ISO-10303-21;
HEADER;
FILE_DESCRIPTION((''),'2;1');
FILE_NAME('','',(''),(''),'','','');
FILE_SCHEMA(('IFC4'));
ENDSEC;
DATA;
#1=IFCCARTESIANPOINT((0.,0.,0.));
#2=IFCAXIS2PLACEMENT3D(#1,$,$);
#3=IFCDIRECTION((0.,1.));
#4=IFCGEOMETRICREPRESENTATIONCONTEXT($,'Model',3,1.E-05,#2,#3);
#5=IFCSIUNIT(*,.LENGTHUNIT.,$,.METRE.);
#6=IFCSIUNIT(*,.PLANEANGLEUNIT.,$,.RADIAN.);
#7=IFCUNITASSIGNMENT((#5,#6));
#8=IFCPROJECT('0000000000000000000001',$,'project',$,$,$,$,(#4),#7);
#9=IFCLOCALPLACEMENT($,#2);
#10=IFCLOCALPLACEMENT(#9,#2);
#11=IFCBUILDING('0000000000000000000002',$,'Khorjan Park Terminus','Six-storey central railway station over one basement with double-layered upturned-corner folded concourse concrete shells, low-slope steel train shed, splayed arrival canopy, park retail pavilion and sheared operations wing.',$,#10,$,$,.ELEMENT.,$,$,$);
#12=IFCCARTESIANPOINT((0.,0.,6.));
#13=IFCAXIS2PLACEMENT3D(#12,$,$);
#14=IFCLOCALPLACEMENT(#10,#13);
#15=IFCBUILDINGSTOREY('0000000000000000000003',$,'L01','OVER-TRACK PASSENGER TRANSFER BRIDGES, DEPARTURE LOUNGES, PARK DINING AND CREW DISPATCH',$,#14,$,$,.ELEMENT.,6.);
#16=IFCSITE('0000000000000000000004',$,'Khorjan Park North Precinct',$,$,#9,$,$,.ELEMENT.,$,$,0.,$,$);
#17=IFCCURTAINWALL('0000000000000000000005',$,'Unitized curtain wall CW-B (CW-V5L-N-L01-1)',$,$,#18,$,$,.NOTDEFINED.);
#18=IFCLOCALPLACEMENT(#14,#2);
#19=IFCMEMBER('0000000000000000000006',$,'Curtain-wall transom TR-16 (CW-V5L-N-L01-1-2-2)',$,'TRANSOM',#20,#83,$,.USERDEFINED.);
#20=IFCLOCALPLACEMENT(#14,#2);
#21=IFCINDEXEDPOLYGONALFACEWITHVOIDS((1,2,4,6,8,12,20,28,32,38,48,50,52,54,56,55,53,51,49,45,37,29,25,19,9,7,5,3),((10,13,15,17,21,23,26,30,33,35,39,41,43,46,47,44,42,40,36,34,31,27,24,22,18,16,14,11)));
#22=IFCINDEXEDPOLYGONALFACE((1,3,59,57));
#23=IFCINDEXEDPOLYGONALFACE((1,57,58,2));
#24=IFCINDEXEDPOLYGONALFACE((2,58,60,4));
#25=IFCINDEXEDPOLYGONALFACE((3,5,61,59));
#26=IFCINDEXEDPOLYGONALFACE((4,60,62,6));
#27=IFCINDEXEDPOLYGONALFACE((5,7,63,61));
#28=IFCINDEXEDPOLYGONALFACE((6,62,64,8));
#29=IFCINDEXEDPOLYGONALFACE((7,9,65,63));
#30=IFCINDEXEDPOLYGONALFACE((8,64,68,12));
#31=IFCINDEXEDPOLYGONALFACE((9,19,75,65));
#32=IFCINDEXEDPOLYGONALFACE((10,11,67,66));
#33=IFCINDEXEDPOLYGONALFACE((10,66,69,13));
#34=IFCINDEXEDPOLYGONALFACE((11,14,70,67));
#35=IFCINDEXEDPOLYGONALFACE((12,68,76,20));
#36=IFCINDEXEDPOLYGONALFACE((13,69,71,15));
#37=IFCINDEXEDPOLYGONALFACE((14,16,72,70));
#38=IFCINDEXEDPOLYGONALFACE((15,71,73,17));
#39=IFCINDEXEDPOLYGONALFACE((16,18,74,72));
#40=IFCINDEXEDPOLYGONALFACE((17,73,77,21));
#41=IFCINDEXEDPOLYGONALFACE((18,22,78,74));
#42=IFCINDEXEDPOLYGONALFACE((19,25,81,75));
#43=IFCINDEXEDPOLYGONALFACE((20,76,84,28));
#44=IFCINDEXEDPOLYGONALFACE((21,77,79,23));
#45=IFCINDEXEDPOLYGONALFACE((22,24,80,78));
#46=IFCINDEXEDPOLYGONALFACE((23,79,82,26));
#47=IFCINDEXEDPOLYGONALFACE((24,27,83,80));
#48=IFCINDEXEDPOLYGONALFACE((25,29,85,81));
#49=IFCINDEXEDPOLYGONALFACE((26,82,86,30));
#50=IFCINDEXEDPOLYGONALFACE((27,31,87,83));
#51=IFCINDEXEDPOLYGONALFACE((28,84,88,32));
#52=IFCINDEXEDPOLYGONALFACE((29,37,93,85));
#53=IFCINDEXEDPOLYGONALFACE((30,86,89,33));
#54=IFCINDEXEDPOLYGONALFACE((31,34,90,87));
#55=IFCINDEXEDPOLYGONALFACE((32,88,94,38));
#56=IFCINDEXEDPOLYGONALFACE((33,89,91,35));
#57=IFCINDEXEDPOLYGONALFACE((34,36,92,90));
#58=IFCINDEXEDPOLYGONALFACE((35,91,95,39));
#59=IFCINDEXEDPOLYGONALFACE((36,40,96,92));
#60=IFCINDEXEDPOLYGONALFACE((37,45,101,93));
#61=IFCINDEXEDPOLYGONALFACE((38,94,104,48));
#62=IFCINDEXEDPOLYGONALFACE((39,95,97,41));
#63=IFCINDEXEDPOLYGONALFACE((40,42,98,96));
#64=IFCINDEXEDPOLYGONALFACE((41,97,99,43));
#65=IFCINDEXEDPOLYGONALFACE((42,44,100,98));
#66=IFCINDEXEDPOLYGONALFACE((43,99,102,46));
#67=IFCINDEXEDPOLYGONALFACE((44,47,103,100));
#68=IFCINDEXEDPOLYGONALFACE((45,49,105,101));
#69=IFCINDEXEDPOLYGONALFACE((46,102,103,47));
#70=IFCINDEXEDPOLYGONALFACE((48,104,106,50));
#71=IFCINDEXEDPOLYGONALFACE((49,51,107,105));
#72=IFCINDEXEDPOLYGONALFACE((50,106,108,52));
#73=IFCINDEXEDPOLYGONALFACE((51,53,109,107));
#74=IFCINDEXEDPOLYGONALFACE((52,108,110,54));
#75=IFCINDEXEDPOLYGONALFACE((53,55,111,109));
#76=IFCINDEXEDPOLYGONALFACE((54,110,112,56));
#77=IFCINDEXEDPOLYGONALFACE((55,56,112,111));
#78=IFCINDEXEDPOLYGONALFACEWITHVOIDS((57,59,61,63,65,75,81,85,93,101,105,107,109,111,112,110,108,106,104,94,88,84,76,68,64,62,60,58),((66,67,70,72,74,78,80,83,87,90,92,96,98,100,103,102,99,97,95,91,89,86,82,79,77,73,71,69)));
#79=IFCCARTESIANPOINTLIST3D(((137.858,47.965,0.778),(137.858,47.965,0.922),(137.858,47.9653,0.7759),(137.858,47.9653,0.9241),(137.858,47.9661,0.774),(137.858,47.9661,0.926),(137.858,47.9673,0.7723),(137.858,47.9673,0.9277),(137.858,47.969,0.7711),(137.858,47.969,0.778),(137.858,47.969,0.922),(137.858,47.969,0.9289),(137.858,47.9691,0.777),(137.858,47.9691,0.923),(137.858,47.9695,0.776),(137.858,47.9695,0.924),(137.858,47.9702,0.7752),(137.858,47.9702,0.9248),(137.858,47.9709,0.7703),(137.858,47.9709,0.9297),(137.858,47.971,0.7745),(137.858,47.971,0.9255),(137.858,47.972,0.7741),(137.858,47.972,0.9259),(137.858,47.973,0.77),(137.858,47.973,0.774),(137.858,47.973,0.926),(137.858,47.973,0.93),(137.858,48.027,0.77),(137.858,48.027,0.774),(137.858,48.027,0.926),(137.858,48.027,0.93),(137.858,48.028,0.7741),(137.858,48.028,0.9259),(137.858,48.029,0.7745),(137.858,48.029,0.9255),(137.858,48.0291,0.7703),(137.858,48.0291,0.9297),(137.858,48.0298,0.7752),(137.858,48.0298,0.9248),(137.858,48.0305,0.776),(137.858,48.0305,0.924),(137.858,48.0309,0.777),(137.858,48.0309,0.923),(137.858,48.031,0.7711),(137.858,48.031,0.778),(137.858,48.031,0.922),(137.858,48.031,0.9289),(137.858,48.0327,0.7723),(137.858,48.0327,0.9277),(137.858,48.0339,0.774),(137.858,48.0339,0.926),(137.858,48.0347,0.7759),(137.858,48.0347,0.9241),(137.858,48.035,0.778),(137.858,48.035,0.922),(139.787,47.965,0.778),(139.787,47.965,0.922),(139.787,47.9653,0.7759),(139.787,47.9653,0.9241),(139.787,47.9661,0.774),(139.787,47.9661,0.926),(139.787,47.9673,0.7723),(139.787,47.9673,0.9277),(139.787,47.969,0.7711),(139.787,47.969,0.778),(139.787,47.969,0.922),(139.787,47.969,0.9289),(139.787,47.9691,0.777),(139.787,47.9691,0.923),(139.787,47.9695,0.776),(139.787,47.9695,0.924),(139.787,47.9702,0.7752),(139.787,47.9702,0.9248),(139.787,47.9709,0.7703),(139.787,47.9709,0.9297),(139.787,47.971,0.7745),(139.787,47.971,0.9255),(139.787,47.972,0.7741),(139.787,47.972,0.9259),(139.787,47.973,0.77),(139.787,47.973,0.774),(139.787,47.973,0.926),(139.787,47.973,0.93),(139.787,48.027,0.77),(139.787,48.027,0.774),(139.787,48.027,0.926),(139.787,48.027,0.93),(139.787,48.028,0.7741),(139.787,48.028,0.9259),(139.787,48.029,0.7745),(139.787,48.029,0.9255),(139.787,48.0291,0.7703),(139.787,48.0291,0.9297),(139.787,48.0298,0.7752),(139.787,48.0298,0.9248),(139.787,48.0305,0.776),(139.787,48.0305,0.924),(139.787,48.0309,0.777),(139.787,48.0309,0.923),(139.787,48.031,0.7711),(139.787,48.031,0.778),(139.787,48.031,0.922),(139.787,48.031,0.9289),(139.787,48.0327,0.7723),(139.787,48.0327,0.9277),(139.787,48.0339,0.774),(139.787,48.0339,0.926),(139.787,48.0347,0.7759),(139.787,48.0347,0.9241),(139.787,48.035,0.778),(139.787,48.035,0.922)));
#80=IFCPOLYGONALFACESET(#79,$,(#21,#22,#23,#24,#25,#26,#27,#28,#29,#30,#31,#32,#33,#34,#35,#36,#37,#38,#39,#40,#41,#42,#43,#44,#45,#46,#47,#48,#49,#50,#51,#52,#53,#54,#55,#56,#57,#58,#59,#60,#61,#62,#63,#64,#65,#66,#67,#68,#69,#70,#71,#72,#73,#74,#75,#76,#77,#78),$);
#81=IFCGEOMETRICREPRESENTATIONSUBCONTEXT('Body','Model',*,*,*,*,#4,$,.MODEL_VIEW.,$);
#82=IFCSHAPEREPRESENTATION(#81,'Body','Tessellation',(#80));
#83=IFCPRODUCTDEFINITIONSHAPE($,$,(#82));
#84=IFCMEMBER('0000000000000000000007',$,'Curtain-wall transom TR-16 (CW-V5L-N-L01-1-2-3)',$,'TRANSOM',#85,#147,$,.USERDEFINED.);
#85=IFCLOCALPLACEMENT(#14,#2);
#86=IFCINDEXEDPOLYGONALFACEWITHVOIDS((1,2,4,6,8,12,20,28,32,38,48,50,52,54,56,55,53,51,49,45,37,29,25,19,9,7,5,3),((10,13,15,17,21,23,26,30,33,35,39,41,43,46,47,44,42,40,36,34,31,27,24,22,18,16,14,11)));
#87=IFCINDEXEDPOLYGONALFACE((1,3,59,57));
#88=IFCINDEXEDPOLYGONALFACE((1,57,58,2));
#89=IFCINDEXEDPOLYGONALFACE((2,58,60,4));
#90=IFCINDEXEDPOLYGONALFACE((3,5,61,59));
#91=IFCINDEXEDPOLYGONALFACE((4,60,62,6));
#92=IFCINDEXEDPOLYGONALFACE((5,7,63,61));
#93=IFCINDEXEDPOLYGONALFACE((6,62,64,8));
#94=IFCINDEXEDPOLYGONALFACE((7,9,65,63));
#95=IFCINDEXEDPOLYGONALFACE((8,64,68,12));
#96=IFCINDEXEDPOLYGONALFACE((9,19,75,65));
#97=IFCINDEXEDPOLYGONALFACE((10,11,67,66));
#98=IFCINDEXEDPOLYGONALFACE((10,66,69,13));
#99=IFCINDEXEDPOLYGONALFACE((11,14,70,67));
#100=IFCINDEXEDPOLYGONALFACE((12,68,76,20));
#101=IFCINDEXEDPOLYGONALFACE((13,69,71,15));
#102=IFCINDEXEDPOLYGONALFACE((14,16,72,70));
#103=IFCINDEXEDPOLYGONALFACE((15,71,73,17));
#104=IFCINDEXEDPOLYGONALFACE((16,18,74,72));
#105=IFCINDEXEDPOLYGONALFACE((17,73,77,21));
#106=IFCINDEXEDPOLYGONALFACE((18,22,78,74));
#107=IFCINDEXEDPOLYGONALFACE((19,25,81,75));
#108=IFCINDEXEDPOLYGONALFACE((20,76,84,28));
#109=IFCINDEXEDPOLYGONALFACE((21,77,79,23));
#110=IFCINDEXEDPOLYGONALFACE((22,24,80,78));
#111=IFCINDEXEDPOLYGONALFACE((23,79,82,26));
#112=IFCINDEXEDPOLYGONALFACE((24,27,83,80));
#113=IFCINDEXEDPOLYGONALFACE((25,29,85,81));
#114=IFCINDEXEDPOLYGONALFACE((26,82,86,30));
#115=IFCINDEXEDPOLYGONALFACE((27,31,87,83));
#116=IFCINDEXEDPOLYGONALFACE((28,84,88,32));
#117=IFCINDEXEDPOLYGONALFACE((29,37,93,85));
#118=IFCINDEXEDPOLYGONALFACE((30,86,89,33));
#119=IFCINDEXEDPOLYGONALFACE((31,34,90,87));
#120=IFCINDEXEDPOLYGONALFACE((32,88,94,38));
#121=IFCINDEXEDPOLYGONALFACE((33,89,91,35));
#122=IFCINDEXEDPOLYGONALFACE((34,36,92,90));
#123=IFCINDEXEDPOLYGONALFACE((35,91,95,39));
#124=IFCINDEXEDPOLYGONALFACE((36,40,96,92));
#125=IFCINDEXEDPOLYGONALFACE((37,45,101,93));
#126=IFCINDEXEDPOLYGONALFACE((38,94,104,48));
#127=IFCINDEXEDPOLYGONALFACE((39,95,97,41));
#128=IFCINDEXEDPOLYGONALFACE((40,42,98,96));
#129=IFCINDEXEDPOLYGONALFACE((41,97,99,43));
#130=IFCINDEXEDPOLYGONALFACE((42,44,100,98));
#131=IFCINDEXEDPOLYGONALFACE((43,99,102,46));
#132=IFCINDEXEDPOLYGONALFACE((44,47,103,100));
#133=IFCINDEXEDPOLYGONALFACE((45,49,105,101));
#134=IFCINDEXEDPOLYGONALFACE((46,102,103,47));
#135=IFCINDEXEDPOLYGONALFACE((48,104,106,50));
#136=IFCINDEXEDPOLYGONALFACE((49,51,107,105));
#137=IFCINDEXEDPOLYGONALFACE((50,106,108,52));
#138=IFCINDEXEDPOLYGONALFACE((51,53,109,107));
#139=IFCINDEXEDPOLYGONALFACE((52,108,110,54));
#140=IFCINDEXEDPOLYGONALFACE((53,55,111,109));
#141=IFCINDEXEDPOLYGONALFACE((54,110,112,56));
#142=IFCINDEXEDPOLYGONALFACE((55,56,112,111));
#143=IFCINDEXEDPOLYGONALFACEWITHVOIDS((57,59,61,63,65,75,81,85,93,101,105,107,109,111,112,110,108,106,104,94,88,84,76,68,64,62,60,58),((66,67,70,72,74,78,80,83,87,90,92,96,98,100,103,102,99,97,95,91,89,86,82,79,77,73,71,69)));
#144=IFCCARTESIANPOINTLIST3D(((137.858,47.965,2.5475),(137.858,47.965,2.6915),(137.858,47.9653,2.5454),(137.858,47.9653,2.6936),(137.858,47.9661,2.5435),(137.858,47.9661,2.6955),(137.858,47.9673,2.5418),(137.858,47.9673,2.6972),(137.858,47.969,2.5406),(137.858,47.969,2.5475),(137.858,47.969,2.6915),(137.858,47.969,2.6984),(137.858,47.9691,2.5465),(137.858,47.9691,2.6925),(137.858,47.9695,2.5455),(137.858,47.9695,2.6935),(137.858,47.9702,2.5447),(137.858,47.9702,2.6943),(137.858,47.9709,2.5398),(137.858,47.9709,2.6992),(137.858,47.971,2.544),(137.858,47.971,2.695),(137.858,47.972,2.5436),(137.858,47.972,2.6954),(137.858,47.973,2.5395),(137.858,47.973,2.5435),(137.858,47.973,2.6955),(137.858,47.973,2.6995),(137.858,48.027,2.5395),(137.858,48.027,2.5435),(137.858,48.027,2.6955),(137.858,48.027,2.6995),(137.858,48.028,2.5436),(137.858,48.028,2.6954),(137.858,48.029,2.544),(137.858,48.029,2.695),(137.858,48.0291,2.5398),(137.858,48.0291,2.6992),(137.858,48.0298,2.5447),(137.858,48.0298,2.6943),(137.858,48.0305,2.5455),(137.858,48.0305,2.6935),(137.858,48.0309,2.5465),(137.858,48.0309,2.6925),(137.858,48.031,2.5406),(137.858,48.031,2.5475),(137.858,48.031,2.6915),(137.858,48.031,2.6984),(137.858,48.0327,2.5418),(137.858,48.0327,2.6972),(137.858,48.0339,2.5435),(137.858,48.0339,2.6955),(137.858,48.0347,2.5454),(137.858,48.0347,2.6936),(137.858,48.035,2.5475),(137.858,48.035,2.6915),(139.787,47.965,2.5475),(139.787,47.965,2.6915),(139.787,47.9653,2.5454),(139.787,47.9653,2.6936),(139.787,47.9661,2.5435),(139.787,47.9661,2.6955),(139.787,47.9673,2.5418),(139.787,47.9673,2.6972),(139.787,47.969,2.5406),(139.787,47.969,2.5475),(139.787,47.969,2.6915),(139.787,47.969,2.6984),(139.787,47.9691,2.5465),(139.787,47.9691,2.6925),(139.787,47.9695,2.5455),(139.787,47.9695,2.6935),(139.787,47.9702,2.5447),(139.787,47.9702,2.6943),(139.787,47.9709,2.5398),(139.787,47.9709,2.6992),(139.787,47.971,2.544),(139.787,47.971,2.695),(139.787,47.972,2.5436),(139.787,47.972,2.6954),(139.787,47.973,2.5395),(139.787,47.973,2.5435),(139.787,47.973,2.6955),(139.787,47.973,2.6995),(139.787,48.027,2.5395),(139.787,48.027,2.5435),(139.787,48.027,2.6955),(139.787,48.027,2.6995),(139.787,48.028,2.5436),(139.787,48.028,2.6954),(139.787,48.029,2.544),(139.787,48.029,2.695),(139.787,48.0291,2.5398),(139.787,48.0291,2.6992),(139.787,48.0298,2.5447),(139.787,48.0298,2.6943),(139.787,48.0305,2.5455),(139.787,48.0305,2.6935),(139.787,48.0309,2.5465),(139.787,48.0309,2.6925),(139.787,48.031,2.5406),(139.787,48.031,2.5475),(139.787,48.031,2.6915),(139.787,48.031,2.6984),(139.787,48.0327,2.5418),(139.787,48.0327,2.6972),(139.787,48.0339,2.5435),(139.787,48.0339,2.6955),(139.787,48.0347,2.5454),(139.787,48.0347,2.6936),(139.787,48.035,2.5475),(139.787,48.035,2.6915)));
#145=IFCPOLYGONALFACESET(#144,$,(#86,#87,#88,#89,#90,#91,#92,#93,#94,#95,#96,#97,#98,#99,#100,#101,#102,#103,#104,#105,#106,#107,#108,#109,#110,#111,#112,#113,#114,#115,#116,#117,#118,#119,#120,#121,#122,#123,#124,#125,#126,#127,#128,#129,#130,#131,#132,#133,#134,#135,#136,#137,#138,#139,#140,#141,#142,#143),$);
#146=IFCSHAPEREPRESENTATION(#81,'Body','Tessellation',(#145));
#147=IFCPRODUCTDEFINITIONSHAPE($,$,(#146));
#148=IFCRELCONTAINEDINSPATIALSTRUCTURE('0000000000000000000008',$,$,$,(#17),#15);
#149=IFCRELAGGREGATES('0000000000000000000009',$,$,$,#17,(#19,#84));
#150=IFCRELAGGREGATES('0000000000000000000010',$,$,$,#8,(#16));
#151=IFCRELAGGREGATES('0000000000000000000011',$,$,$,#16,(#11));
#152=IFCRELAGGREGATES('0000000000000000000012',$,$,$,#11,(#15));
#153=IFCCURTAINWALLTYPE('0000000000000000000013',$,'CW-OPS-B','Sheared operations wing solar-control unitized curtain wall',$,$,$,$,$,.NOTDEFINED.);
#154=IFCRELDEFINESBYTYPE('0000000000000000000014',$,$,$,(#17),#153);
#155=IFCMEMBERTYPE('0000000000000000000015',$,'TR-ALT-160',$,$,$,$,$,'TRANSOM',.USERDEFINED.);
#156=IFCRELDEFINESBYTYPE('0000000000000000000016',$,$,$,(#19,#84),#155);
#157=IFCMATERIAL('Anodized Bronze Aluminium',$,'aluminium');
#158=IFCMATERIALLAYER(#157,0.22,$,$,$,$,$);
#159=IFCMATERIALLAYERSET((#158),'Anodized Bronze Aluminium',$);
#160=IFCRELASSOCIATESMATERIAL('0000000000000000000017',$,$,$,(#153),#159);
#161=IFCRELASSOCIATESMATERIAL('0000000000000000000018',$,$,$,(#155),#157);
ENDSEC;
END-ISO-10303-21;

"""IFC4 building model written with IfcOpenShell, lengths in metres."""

from ifc_helpers import new_model, si_unit, direction, frame, origin, origin_2d, place, context, subcontext, project, spatial, hollow_rectangle, extrude, material, layer, layer_set, material_profile, profile_set, type_object, element, aggregate, save


model = new_model("IFC4")

# Units and contexts
model_context = context("Model", 3, precision=1e-05, world=origin(), true_north=direction((0.0, 1.0)))
body_context = subcontext(model_context, "Body", "Model", "MODEL_VIEW")
ifc_project = project(units=[si_unit("LENGTHUNIT", "METRE"), si_unit("PLANEANGLEUNIT", "RADIAN")], contexts=[model_context])

# Site, building, storey
site_placement = place(None, origin())
site = spatial("IfcSite", under=ifc_project, at=site_placement, Name="Khorjan Park North Precinct", CompositionType="ELEMENT", RefElevation=0.0)
building_placement = place(site_placement, origin())
building = spatial("IfcBuilding", under=site, at=building_placement, Name="Khorjan Park Terminus", Description="Six-storey central railway station over one basement with double-layered upturned-corner folded concourse concrete shells, low-slope steel train shed, splayed arrival canopy, park retail pavilion and sheared operations wing.", CompositionType="ELEMENT")
storey_placement = place(building_placement, frame((0.0, 0.0, 6.0)))
storey = spatial("IfcBuildingStorey", under=building, at=storey_placement, Name="L01", Description="OVER-TRACK PASSENGER TRANSFER BRIDGES, DEPARTURE LOUNGES, PARK DINING AND CREW DISPATCH", CompositionType="ELEMENT", Elevation=6.0)

# Curtain wall
ifc_material_1 = material(Name="Anodized Bronze Aluminium", Category="aluminium")
ifc_layer_1 = layer(ifc_material_1, 0.22)
ifc_layer_set_1 = layer_set([ifc_layer_1], Name="Anodized Bronze Aluminium")
curtain_wall_type = type_object("IfcCurtainWallType", Name="CW-OPS-B", Description="Sheared operations wing solar-control unitized curtain wall", PredefinedType="NOTDEFINED", material=ifc_layer_set_1)
curtain_wall_1_placement = place(storey_placement, origin())
curtain_wall_1 = element("IfcCurtainWall", 1, at=curtain_wall_1_placement, inside=storey, type_object=curtain_wall_type, Name="Unitized curtain wall CW-B (CW-V5L-N-L01-1)", PredefinedType="NOTDEFINED")

# Members
ifc_material_profile_1 = material_profile(ifc_material_1, hollow_rectangle(XDim=0.07, YDim=0.16, WallThickness=0.004, InnerFilletRadius=0.004, OuterFilletRadius=0.008, at=origin_2d()), Name="ALT 70x160x4")
ifc_profile_set_1 = profile_set([ifc_material_profile_1], Name="Anodized Bronze Aluminium")
member_type_1 = type_object("IfcMemberType", Name="TR-ALT-160", ElementType="TRANSOM", PredefinedType="USERDEFINED", material=ifc_profile_set_1)
member_1_placement = place(storey_placement, frame((139.787, 48.0, 0.85), z_axis=(-1.0, 0.0, 0.0), x_axis=(0.0, -1.0, 0.0)))
member_1 = element("IfcMember", 2, at=member_1_placement, type_object=member_type_1, Name="Curtain-wall transom TR-16 (CW-V5L-N-L01-1-2-2)", ObjectType="TRANSOM", PredefinedType="USERDEFINED", context=body_context, shape_type="SweptSolid", body=[
    extrude(hollow_rectangle(XDim=0.07, YDim=0.16, WallThickness=0.004, InnerFilletRadius=0.004, OuterFilletRadius=0.008, at=origin_2d()), origin(), (0.0, 0.0, 1.0), 1.929),
])
member_2_placement = place(storey_placement, frame((139.787, 48.0, 2.6195), z_axis=(-1.0, 0.0, 0.0), x_axis=(0.0, -1.0, 0.0)))
member_2 = element("IfcMember", 3, at=member_2_placement, type_object=member_type_1, Name="Curtain-wall transom TR-16 (CW-V5L-N-L01-1-2-3)", ObjectType="TRANSOM", PredefinedType="USERDEFINED", context=body_context, shape_type="SweptSolid", body=[
    extrude(hollow_rectangle(XDim=0.07, YDim=0.16, WallThickness=0.004, InnerFilletRadius=0.004, OuterFilletRadius=0.008, at=origin_2d()), origin(), (0.0, 0.0, 1.0), 1.929),
])

aggregate(curtain_wall_1, [member_1, member_2])

save(model, "model.ifc")
